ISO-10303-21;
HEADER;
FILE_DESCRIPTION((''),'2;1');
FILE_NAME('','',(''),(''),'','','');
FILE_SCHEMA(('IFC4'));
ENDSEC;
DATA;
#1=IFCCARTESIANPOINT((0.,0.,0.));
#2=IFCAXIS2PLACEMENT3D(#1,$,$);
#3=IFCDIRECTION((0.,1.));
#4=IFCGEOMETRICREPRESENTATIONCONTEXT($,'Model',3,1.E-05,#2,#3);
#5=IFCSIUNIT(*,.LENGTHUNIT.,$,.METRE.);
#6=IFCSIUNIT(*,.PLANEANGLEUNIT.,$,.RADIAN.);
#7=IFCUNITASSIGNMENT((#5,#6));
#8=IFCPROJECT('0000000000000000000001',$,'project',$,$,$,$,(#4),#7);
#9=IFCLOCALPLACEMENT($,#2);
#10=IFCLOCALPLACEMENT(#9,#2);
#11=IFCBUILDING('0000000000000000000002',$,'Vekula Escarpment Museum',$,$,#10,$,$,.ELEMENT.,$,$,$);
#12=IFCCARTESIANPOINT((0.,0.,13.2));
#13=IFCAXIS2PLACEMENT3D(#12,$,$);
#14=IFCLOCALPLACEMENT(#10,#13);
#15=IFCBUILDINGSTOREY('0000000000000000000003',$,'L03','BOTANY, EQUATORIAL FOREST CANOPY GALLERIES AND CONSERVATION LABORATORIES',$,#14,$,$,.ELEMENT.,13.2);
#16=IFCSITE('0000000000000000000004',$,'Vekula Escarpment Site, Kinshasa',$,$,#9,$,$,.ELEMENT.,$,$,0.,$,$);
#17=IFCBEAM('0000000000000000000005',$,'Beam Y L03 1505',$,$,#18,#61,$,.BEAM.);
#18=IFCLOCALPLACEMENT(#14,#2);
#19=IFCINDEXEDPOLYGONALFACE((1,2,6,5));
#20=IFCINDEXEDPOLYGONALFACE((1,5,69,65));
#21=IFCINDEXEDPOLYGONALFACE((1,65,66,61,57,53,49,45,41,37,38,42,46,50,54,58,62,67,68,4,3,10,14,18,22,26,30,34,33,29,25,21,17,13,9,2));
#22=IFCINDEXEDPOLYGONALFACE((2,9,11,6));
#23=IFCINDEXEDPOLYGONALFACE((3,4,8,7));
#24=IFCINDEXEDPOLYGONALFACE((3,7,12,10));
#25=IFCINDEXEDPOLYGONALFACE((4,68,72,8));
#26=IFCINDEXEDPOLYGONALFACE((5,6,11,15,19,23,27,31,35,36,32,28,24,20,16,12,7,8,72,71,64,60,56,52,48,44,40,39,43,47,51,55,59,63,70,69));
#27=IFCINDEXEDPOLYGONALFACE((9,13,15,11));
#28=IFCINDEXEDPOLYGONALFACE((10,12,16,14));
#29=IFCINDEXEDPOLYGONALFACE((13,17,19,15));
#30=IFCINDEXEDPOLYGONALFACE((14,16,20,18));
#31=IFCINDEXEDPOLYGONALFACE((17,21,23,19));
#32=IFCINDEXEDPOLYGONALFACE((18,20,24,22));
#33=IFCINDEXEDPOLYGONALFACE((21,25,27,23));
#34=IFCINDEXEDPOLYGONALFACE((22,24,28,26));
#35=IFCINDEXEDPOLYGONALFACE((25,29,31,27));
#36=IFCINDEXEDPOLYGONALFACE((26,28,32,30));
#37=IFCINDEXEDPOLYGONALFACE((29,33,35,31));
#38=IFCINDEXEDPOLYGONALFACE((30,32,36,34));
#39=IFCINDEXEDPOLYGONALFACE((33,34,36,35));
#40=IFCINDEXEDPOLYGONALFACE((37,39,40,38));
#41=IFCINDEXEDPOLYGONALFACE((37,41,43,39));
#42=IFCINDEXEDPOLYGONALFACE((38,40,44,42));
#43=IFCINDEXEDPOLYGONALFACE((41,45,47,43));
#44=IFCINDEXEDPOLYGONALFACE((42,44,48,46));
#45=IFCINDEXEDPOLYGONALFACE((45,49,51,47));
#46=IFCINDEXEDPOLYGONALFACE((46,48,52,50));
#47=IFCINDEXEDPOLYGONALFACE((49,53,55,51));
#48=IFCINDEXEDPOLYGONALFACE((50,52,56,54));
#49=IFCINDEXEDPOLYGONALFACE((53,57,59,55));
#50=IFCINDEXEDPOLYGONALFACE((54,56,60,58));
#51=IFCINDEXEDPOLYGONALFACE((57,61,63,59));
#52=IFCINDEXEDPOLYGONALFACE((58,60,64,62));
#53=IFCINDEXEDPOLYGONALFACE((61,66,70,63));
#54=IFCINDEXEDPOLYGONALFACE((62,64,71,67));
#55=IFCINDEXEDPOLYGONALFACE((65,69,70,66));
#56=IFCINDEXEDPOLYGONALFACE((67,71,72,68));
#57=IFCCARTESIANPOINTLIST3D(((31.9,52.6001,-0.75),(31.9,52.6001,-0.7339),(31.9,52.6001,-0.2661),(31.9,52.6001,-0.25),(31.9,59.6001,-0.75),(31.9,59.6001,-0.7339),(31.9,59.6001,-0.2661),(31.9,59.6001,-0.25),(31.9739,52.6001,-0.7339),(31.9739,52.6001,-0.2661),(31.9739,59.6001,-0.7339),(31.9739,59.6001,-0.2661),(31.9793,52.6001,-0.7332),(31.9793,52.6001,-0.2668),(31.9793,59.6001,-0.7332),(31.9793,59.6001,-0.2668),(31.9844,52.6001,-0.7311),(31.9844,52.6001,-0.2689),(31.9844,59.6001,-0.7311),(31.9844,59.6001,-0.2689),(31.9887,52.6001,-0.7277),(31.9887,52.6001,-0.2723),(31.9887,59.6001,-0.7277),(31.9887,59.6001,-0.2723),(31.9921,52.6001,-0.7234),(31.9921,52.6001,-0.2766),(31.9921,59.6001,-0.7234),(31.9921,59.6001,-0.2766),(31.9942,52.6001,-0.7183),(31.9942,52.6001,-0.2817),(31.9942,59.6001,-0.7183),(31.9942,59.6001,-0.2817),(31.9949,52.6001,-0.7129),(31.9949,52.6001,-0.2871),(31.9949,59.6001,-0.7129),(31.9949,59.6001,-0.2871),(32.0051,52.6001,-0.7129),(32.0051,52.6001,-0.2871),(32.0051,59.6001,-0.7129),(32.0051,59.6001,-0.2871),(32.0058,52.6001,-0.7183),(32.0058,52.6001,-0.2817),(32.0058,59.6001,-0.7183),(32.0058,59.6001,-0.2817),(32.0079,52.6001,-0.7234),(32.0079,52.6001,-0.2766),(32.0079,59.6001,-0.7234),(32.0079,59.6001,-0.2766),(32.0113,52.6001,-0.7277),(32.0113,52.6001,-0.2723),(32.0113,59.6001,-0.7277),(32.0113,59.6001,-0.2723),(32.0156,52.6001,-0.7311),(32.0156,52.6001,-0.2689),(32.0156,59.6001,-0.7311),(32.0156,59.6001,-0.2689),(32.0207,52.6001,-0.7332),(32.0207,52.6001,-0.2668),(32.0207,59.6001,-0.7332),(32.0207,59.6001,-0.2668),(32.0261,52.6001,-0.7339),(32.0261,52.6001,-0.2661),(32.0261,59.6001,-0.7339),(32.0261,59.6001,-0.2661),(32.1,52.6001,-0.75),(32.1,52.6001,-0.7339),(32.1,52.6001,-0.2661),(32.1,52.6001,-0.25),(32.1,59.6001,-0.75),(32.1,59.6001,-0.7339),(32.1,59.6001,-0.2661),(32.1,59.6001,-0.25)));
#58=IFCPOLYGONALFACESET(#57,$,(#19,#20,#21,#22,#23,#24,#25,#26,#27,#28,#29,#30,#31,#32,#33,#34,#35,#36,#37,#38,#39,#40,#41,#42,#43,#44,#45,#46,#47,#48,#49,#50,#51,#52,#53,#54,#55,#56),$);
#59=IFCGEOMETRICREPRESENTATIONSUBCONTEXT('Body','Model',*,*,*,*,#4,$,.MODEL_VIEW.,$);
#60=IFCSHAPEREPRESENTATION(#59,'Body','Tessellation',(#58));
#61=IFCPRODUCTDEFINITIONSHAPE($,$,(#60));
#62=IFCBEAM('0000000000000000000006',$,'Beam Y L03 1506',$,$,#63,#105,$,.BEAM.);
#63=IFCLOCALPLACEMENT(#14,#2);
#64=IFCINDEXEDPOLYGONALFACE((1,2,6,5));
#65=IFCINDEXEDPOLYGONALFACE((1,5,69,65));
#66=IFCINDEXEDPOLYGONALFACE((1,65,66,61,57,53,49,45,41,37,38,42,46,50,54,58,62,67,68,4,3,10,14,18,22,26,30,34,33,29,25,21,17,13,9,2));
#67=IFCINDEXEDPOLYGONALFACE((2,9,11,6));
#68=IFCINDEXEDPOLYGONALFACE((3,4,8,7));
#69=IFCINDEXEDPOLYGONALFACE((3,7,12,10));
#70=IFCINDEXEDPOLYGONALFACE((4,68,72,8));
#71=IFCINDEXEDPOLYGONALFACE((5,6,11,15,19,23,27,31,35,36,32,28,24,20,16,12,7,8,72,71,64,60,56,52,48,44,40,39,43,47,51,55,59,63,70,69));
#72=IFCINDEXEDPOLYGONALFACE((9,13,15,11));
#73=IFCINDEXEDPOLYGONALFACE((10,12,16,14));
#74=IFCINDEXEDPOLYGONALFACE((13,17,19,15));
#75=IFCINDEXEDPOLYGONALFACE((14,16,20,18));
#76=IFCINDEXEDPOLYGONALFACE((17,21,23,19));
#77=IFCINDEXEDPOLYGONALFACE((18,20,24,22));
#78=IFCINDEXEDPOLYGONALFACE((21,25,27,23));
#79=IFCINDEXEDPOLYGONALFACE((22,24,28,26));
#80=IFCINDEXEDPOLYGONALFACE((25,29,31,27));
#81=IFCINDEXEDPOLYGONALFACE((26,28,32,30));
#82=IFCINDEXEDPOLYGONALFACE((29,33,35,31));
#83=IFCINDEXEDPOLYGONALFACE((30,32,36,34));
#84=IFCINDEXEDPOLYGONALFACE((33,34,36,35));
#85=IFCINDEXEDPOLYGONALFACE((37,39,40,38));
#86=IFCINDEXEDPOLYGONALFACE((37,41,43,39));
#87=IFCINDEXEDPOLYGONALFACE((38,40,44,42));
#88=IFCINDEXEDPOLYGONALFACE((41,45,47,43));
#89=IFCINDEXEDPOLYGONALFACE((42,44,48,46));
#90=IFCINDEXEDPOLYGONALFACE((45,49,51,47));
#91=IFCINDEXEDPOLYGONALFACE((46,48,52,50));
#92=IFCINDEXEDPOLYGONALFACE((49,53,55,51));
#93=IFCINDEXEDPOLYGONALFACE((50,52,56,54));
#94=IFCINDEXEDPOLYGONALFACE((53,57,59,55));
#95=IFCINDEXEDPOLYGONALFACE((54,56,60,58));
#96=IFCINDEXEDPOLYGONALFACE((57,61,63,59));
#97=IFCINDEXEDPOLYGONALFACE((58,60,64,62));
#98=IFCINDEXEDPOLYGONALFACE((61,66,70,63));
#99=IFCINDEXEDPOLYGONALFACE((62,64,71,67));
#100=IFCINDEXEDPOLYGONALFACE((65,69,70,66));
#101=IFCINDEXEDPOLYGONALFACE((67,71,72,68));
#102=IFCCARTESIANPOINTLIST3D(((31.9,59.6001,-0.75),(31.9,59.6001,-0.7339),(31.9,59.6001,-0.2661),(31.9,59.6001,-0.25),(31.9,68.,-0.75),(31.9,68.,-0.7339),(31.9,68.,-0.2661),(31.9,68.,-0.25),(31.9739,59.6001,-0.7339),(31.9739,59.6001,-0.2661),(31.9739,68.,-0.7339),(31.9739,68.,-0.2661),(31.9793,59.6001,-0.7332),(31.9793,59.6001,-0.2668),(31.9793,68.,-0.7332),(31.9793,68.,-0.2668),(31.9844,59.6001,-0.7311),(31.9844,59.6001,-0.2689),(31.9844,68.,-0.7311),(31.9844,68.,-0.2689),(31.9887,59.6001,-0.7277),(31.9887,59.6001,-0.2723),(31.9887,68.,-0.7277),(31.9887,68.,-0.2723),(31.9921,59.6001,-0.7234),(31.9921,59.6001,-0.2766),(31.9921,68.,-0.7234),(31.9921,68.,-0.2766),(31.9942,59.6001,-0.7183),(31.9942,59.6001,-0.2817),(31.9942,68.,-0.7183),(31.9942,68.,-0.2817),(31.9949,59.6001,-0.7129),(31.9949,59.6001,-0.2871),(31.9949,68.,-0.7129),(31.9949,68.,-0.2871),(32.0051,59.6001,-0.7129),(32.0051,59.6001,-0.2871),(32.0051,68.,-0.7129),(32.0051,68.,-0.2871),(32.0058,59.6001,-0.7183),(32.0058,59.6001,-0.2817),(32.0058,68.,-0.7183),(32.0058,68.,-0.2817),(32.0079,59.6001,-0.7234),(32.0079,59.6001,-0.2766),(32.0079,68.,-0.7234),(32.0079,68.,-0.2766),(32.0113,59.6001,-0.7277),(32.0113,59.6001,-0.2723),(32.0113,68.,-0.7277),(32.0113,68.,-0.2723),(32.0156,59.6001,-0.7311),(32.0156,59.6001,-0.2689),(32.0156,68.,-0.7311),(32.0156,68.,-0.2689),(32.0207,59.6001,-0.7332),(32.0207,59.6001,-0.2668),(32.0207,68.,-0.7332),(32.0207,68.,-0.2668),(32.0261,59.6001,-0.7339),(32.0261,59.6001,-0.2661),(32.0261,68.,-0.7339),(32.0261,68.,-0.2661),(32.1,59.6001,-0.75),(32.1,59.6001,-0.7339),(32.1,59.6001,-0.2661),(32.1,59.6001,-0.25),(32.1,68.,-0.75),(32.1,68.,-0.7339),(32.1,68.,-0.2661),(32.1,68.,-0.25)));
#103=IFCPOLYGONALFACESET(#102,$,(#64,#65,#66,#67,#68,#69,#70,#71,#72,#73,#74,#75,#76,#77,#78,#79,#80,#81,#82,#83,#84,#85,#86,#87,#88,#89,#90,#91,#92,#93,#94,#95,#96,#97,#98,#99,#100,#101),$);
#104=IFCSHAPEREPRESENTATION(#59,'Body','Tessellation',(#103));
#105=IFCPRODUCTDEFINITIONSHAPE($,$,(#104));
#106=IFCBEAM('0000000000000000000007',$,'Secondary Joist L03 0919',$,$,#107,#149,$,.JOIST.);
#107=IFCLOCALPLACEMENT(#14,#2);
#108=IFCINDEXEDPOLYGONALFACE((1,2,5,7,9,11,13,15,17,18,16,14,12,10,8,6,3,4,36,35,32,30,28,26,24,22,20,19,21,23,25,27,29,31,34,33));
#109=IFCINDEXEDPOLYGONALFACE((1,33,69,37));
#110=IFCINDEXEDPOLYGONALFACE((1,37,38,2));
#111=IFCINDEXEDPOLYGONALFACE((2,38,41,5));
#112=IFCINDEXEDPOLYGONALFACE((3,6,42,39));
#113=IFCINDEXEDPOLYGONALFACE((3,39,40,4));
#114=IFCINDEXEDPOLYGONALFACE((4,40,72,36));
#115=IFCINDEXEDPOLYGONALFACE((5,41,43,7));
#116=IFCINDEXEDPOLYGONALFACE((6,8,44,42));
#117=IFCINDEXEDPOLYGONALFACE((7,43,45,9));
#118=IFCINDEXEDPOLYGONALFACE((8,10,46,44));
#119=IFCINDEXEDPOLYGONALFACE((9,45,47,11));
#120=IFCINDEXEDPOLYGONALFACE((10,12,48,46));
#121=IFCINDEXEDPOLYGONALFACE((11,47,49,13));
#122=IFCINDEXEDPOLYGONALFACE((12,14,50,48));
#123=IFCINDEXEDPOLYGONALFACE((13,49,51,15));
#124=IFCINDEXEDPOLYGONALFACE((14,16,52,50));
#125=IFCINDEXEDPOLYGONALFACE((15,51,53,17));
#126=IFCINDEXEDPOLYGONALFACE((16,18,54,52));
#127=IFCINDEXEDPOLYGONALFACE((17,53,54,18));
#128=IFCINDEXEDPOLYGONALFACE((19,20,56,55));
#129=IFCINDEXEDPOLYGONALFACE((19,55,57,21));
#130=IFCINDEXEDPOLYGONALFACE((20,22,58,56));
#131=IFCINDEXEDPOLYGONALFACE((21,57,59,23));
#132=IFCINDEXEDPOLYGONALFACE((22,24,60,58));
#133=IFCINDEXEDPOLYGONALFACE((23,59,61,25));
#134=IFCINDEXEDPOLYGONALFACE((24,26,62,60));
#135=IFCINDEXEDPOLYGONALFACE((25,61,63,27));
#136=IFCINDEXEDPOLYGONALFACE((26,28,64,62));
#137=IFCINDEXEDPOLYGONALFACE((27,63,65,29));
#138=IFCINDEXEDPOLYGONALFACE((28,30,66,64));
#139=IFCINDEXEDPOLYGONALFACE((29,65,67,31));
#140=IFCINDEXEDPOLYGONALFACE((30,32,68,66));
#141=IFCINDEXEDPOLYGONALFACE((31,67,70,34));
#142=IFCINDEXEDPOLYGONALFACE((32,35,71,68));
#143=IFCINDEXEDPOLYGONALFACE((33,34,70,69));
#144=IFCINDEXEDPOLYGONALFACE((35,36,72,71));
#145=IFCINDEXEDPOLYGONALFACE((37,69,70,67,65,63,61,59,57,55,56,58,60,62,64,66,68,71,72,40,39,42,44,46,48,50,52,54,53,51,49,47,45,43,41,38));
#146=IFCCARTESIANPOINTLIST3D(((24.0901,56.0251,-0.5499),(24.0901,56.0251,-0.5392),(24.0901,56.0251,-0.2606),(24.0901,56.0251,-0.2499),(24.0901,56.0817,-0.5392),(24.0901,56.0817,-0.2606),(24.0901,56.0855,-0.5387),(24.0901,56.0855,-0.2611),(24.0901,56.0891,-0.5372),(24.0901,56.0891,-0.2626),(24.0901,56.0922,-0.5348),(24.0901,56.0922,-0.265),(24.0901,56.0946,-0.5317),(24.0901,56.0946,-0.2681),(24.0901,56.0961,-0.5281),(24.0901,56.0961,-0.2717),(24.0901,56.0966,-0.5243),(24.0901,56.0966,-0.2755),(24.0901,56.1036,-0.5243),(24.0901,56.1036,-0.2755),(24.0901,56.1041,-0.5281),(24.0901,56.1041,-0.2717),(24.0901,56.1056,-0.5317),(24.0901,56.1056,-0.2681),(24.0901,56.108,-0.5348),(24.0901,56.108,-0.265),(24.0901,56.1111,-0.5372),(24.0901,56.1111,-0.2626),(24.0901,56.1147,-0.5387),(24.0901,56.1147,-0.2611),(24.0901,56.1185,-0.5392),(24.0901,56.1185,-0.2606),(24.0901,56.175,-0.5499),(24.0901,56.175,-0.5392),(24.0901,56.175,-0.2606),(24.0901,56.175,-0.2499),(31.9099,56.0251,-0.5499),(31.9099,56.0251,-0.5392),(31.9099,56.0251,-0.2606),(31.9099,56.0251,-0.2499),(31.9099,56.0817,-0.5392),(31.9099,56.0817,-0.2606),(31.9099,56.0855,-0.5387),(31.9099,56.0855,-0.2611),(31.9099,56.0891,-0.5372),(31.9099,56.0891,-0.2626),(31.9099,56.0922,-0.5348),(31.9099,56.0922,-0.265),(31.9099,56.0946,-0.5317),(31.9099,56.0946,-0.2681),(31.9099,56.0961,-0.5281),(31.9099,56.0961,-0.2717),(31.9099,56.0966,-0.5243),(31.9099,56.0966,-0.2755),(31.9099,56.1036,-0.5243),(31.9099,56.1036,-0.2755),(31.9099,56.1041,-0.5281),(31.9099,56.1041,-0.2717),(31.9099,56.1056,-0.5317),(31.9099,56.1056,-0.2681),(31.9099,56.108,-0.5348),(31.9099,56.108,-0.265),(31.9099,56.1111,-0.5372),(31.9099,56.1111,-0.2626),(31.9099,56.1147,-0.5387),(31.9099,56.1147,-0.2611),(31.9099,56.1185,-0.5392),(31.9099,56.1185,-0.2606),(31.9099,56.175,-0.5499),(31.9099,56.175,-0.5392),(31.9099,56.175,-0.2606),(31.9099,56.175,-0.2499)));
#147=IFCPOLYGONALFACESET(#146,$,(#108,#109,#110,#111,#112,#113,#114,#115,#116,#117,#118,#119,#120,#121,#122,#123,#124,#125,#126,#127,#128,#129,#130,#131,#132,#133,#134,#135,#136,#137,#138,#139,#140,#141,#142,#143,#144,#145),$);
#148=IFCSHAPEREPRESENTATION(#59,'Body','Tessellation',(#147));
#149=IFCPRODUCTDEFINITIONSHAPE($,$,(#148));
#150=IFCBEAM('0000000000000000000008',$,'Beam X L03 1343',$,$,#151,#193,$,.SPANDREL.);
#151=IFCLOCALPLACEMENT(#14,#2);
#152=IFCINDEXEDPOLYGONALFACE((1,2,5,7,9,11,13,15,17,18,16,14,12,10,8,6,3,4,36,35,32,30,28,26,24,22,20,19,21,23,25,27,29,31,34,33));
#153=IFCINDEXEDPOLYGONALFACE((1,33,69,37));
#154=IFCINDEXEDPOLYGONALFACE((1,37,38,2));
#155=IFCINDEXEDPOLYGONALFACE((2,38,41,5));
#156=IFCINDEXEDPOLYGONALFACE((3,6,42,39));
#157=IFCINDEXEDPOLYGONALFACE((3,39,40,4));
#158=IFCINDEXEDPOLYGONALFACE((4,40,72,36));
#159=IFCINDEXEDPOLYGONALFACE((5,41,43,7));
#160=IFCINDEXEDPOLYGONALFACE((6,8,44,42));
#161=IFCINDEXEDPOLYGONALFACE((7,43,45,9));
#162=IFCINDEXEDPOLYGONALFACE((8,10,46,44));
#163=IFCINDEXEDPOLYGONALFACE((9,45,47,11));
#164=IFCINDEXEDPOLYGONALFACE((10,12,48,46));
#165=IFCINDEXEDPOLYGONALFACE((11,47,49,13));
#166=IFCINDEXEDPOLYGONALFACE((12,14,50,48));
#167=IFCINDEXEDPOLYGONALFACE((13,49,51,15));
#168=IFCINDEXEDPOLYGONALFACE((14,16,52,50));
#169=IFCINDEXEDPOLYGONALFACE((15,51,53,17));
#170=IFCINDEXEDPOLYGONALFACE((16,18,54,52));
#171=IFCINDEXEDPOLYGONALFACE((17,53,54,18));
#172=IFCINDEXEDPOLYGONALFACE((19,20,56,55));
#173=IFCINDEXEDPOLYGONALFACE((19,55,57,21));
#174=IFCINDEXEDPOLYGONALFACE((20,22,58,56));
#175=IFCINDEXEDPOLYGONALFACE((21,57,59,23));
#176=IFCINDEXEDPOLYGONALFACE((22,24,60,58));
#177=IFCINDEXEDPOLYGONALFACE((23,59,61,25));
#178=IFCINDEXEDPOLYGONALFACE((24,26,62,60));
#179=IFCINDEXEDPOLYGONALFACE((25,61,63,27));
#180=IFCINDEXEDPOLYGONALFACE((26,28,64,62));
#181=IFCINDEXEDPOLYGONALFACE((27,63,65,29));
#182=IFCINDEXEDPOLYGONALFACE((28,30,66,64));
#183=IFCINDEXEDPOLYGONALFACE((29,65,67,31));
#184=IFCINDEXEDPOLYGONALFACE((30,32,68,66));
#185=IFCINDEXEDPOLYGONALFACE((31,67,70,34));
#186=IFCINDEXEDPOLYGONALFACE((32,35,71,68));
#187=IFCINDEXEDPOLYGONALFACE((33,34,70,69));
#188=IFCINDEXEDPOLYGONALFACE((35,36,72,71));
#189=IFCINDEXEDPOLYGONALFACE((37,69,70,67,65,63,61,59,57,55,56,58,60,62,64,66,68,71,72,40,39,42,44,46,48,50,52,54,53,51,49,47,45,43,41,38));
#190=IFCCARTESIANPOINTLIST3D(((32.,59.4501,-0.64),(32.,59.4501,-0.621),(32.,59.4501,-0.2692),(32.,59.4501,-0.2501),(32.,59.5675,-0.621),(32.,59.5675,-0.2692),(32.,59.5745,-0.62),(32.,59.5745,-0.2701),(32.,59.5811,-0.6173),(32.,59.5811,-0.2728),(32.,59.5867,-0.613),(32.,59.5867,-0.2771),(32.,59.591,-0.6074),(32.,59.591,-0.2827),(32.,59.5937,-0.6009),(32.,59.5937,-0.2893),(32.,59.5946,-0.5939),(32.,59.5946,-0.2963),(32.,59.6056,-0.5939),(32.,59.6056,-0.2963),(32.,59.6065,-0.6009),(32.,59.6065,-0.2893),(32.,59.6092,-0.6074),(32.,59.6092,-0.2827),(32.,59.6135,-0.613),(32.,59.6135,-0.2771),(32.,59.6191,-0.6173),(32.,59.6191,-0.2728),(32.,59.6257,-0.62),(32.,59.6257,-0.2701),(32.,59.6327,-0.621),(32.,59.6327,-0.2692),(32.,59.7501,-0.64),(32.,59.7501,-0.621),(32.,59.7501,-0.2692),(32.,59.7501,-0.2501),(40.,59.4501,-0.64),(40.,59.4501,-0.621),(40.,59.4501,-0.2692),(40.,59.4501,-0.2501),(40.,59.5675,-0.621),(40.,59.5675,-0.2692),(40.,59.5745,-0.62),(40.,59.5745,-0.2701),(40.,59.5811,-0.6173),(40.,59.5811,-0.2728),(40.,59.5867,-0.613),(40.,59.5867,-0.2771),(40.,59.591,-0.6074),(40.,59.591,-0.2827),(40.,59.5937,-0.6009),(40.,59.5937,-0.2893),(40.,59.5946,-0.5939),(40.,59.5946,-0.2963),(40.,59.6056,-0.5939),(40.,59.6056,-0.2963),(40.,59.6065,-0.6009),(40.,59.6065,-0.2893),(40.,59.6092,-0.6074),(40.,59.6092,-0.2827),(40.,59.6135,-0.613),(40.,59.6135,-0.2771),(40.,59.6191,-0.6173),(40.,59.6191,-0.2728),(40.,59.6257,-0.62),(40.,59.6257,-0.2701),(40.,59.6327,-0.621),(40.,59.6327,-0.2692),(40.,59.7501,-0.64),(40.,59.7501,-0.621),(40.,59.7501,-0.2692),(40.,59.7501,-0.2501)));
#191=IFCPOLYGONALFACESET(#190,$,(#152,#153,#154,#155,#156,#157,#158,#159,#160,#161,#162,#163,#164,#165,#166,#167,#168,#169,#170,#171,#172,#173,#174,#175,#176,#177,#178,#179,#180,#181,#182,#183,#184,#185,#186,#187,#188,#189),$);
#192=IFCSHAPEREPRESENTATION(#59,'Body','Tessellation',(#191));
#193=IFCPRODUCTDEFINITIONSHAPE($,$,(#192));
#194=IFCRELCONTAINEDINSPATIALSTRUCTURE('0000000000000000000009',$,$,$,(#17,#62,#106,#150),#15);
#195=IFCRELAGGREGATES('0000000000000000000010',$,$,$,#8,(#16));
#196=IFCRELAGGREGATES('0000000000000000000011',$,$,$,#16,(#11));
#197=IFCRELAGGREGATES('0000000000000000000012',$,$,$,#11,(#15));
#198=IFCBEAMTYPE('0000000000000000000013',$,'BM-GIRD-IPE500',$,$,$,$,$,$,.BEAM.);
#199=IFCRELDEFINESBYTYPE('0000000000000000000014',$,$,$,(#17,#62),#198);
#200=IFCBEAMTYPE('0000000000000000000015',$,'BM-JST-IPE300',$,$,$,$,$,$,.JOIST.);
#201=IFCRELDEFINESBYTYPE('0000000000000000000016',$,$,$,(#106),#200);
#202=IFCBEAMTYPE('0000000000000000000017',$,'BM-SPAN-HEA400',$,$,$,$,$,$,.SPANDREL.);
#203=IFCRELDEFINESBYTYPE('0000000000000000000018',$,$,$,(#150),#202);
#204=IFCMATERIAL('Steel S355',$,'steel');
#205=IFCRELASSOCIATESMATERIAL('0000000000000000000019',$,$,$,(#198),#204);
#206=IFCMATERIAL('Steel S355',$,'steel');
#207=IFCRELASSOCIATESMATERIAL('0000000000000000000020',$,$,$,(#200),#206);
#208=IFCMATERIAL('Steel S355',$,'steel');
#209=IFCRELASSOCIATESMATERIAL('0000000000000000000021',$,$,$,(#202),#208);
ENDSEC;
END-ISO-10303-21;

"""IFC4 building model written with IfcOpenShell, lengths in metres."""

from ifc_helpers import new_model, si_unit, direction, frame, origin, origin_2d, place, context, subcontext, project, spatial, i_section, extrude, material, material_profile, profile_set, type_object, element, save


model = new_model("IFC4")

# Units and contexts
model_context = context("Model", 3, precision=1e-05, world=origin(), true_north=direction((0.0, 1.0)))
body_context = subcontext(model_context, "Body", "Model", "MODEL_VIEW")
ifc_project = project(units=[si_unit("LENGTHUNIT", "METRE"), si_unit("PLANEANGLEUNIT", "RADIAN")], contexts=[model_context])

# Site, building, storey
site_placement = place(None, origin())
site = spatial("IfcSite", under=ifc_project, at=site_placement, Name="Vekula Escarpment Site, Kinshasa", CompositionType="ELEMENT", RefElevation=0.0)
building_placement = place(site_placement, origin())
building = spatial("IfcBuilding", under=site, at=building_placement, Name="Vekula Escarpment Museum", CompositionType="ELEMENT")
storey_placement = place(building_placement, frame((0.0, 0.0, 13.2)))
storey = spatial("IfcBuildingStorey", under=building, at=storey_placement, Name="L03", Description="BOTANY, EQUATORIAL FOREST CANOPY GALLERIES AND CONSERVATION LABORATORIES", CompositionType="ELEMENT", Elevation=13.2)

# Beams
ifc_material_1 = material(Name="Steel S355", Category="steel")
ifc_material_profile_1 = material_profile(ifc_material_1, i_section(OverallWidth=0.2, OverallDepth=0.5, WebThickness=0.0103, FlangeThickness=0.0161, FilletRadius=0.021, at=origin_2d()), Name="IPE 500")
ifc_profile_set_1 = profile_set([ifc_material_profile_1], Name="Steel S355")
beam_type_1 = type_object("IfcBeamType", Name="BM-GIRD-IPE500", PredefinedType="BEAM", material=ifc_profile_set_1)
beam_1_placement = place(storey_placement, frame((32.0, 52.6001, -0.5), z_axis=(0.0, 1.0, 0.0), x_axis=(-1.0, 0.0, 0.0)))
element("IfcBeam", 1, at=beam_1_placement, inside=storey, type_object=beam_type_1, Name="Beam Y L03 1505", PredefinedType="BEAM", context=body_context, shape_type="SweptSolid", body=[
    extrude(i_section(OverallWidth=0.2, OverallDepth=0.5, WebThickness=0.0103, FlangeThickness=0.0161, FilletRadius=0.021, at=origin_2d()), origin(), (0.0, 0.0, 1.0), 7.0),
])
beam_2_placement = place(storey_placement, frame((32.0, 59.6001, -0.5), z_axis=(0.0, 1.0, 0.0), x_axis=(-1.0, 0.0, 0.0)))
element("IfcBeam", 2, at=beam_2_placement, inside=storey, type_object=beam_type_1, Name="Beam Y L03 1506", PredefinedType="BEAM", context=body_context, shape_type="SweptSolid", body=[
    extrude(i_section(OverallWidth=0.2, OverallDepth=0.5, WebThickness=0.0103, FlangeThickness=0.0161, FilletRadius=0.021, at=origin_2d()), origin(), (0.0, 0.0, 1.0), 8.3999),
])
ifc_material_2 = material(Name="Steel S355", Category="steel")
ifc_material_profile_2 = material_profile(ifc_material_2, i_section(OverallWidth=0.1499, OverallDepth=0.3, WebThickness=0.0071, FlangeThickness=0.0107, FilletRadius=0.0149, at=origin_2d()), Name="IPE 300")
ifc_profile_set_2 = profile_set([ifc_material_profile_2], Name="Steel S355")
beam_type_2 = type_object("IfcBeamType", Name="BM-JST-IPE300", PredefinedType="JOIST", material=ifc_profile_set_2)
beam_3_placement = place(storey_placement, frame((24.0901, 56.1001, -0.3999), z_axis=(1.0, 0.0, 0.0), x_axis=(0.0, 1.0, 0.0)))
element("IfcBeam", 3, at=beam_3_placement, inside=storey, type_object=beam_type_2, Name="Secondary Joist L03 0919", PredefinedType="JOIST", context=body_context, shape_type="SweptSolid", body=[
    extrude(i_section(OverallWidth=0.1499, OverallDepth=0.3, WebThickness=0.0071, FlangeThickness=0.0107, FilletRadius=0.0149, at=origin_2d()), origin(), (0.0, 0.0, 1.0), 7.8198),
])
ifc_material_3 = material(Name="Steel S355", Category="steel")
ifc_material_profile_3 = material_profile(ifc_material_3, i_section(OverallWidth=0.3, OverallDepth=0.3899, WebThickness=0.011, FlangeThickness=0.019, FilletRadius=0.0271, at=origin_2d()), Name="HEA 400")
ifc_profile_set_3 = profile_set([ifc_material_profile_3], Name="Steel S355")
beam_type_3 = type_object("IfcBeamType", Name="BM-SPAN-HEA400", PredefinedType="SPANDREL", material=ifc_profile_set_3)
beam_4_placement = place(storey_placement, frame((32.0, 59.6001, -0.4451), z_axis=(1.0, 0.0, 0.0), x_axis=(0.0, 1.0, 0.0)))
element("IfcBeam", 4, at=beam_4_placement, inside=storey, type_object=beam_type_3, Name="Beam X L03 1343", PredefinedType="SPANDREL", context=body_context, shape_type="SweptSolid", body=[
    extrude(i_section(OverallWidth=0.3, OverallDepth=0.3899, WebThickness=0.011, FlangeThickness=0.019, FilletRadius=0.0271, at=origin_2d()), origin(), (0.0, 0.0, 1.0), 8.0),
])

save(model, "model.ifc")
